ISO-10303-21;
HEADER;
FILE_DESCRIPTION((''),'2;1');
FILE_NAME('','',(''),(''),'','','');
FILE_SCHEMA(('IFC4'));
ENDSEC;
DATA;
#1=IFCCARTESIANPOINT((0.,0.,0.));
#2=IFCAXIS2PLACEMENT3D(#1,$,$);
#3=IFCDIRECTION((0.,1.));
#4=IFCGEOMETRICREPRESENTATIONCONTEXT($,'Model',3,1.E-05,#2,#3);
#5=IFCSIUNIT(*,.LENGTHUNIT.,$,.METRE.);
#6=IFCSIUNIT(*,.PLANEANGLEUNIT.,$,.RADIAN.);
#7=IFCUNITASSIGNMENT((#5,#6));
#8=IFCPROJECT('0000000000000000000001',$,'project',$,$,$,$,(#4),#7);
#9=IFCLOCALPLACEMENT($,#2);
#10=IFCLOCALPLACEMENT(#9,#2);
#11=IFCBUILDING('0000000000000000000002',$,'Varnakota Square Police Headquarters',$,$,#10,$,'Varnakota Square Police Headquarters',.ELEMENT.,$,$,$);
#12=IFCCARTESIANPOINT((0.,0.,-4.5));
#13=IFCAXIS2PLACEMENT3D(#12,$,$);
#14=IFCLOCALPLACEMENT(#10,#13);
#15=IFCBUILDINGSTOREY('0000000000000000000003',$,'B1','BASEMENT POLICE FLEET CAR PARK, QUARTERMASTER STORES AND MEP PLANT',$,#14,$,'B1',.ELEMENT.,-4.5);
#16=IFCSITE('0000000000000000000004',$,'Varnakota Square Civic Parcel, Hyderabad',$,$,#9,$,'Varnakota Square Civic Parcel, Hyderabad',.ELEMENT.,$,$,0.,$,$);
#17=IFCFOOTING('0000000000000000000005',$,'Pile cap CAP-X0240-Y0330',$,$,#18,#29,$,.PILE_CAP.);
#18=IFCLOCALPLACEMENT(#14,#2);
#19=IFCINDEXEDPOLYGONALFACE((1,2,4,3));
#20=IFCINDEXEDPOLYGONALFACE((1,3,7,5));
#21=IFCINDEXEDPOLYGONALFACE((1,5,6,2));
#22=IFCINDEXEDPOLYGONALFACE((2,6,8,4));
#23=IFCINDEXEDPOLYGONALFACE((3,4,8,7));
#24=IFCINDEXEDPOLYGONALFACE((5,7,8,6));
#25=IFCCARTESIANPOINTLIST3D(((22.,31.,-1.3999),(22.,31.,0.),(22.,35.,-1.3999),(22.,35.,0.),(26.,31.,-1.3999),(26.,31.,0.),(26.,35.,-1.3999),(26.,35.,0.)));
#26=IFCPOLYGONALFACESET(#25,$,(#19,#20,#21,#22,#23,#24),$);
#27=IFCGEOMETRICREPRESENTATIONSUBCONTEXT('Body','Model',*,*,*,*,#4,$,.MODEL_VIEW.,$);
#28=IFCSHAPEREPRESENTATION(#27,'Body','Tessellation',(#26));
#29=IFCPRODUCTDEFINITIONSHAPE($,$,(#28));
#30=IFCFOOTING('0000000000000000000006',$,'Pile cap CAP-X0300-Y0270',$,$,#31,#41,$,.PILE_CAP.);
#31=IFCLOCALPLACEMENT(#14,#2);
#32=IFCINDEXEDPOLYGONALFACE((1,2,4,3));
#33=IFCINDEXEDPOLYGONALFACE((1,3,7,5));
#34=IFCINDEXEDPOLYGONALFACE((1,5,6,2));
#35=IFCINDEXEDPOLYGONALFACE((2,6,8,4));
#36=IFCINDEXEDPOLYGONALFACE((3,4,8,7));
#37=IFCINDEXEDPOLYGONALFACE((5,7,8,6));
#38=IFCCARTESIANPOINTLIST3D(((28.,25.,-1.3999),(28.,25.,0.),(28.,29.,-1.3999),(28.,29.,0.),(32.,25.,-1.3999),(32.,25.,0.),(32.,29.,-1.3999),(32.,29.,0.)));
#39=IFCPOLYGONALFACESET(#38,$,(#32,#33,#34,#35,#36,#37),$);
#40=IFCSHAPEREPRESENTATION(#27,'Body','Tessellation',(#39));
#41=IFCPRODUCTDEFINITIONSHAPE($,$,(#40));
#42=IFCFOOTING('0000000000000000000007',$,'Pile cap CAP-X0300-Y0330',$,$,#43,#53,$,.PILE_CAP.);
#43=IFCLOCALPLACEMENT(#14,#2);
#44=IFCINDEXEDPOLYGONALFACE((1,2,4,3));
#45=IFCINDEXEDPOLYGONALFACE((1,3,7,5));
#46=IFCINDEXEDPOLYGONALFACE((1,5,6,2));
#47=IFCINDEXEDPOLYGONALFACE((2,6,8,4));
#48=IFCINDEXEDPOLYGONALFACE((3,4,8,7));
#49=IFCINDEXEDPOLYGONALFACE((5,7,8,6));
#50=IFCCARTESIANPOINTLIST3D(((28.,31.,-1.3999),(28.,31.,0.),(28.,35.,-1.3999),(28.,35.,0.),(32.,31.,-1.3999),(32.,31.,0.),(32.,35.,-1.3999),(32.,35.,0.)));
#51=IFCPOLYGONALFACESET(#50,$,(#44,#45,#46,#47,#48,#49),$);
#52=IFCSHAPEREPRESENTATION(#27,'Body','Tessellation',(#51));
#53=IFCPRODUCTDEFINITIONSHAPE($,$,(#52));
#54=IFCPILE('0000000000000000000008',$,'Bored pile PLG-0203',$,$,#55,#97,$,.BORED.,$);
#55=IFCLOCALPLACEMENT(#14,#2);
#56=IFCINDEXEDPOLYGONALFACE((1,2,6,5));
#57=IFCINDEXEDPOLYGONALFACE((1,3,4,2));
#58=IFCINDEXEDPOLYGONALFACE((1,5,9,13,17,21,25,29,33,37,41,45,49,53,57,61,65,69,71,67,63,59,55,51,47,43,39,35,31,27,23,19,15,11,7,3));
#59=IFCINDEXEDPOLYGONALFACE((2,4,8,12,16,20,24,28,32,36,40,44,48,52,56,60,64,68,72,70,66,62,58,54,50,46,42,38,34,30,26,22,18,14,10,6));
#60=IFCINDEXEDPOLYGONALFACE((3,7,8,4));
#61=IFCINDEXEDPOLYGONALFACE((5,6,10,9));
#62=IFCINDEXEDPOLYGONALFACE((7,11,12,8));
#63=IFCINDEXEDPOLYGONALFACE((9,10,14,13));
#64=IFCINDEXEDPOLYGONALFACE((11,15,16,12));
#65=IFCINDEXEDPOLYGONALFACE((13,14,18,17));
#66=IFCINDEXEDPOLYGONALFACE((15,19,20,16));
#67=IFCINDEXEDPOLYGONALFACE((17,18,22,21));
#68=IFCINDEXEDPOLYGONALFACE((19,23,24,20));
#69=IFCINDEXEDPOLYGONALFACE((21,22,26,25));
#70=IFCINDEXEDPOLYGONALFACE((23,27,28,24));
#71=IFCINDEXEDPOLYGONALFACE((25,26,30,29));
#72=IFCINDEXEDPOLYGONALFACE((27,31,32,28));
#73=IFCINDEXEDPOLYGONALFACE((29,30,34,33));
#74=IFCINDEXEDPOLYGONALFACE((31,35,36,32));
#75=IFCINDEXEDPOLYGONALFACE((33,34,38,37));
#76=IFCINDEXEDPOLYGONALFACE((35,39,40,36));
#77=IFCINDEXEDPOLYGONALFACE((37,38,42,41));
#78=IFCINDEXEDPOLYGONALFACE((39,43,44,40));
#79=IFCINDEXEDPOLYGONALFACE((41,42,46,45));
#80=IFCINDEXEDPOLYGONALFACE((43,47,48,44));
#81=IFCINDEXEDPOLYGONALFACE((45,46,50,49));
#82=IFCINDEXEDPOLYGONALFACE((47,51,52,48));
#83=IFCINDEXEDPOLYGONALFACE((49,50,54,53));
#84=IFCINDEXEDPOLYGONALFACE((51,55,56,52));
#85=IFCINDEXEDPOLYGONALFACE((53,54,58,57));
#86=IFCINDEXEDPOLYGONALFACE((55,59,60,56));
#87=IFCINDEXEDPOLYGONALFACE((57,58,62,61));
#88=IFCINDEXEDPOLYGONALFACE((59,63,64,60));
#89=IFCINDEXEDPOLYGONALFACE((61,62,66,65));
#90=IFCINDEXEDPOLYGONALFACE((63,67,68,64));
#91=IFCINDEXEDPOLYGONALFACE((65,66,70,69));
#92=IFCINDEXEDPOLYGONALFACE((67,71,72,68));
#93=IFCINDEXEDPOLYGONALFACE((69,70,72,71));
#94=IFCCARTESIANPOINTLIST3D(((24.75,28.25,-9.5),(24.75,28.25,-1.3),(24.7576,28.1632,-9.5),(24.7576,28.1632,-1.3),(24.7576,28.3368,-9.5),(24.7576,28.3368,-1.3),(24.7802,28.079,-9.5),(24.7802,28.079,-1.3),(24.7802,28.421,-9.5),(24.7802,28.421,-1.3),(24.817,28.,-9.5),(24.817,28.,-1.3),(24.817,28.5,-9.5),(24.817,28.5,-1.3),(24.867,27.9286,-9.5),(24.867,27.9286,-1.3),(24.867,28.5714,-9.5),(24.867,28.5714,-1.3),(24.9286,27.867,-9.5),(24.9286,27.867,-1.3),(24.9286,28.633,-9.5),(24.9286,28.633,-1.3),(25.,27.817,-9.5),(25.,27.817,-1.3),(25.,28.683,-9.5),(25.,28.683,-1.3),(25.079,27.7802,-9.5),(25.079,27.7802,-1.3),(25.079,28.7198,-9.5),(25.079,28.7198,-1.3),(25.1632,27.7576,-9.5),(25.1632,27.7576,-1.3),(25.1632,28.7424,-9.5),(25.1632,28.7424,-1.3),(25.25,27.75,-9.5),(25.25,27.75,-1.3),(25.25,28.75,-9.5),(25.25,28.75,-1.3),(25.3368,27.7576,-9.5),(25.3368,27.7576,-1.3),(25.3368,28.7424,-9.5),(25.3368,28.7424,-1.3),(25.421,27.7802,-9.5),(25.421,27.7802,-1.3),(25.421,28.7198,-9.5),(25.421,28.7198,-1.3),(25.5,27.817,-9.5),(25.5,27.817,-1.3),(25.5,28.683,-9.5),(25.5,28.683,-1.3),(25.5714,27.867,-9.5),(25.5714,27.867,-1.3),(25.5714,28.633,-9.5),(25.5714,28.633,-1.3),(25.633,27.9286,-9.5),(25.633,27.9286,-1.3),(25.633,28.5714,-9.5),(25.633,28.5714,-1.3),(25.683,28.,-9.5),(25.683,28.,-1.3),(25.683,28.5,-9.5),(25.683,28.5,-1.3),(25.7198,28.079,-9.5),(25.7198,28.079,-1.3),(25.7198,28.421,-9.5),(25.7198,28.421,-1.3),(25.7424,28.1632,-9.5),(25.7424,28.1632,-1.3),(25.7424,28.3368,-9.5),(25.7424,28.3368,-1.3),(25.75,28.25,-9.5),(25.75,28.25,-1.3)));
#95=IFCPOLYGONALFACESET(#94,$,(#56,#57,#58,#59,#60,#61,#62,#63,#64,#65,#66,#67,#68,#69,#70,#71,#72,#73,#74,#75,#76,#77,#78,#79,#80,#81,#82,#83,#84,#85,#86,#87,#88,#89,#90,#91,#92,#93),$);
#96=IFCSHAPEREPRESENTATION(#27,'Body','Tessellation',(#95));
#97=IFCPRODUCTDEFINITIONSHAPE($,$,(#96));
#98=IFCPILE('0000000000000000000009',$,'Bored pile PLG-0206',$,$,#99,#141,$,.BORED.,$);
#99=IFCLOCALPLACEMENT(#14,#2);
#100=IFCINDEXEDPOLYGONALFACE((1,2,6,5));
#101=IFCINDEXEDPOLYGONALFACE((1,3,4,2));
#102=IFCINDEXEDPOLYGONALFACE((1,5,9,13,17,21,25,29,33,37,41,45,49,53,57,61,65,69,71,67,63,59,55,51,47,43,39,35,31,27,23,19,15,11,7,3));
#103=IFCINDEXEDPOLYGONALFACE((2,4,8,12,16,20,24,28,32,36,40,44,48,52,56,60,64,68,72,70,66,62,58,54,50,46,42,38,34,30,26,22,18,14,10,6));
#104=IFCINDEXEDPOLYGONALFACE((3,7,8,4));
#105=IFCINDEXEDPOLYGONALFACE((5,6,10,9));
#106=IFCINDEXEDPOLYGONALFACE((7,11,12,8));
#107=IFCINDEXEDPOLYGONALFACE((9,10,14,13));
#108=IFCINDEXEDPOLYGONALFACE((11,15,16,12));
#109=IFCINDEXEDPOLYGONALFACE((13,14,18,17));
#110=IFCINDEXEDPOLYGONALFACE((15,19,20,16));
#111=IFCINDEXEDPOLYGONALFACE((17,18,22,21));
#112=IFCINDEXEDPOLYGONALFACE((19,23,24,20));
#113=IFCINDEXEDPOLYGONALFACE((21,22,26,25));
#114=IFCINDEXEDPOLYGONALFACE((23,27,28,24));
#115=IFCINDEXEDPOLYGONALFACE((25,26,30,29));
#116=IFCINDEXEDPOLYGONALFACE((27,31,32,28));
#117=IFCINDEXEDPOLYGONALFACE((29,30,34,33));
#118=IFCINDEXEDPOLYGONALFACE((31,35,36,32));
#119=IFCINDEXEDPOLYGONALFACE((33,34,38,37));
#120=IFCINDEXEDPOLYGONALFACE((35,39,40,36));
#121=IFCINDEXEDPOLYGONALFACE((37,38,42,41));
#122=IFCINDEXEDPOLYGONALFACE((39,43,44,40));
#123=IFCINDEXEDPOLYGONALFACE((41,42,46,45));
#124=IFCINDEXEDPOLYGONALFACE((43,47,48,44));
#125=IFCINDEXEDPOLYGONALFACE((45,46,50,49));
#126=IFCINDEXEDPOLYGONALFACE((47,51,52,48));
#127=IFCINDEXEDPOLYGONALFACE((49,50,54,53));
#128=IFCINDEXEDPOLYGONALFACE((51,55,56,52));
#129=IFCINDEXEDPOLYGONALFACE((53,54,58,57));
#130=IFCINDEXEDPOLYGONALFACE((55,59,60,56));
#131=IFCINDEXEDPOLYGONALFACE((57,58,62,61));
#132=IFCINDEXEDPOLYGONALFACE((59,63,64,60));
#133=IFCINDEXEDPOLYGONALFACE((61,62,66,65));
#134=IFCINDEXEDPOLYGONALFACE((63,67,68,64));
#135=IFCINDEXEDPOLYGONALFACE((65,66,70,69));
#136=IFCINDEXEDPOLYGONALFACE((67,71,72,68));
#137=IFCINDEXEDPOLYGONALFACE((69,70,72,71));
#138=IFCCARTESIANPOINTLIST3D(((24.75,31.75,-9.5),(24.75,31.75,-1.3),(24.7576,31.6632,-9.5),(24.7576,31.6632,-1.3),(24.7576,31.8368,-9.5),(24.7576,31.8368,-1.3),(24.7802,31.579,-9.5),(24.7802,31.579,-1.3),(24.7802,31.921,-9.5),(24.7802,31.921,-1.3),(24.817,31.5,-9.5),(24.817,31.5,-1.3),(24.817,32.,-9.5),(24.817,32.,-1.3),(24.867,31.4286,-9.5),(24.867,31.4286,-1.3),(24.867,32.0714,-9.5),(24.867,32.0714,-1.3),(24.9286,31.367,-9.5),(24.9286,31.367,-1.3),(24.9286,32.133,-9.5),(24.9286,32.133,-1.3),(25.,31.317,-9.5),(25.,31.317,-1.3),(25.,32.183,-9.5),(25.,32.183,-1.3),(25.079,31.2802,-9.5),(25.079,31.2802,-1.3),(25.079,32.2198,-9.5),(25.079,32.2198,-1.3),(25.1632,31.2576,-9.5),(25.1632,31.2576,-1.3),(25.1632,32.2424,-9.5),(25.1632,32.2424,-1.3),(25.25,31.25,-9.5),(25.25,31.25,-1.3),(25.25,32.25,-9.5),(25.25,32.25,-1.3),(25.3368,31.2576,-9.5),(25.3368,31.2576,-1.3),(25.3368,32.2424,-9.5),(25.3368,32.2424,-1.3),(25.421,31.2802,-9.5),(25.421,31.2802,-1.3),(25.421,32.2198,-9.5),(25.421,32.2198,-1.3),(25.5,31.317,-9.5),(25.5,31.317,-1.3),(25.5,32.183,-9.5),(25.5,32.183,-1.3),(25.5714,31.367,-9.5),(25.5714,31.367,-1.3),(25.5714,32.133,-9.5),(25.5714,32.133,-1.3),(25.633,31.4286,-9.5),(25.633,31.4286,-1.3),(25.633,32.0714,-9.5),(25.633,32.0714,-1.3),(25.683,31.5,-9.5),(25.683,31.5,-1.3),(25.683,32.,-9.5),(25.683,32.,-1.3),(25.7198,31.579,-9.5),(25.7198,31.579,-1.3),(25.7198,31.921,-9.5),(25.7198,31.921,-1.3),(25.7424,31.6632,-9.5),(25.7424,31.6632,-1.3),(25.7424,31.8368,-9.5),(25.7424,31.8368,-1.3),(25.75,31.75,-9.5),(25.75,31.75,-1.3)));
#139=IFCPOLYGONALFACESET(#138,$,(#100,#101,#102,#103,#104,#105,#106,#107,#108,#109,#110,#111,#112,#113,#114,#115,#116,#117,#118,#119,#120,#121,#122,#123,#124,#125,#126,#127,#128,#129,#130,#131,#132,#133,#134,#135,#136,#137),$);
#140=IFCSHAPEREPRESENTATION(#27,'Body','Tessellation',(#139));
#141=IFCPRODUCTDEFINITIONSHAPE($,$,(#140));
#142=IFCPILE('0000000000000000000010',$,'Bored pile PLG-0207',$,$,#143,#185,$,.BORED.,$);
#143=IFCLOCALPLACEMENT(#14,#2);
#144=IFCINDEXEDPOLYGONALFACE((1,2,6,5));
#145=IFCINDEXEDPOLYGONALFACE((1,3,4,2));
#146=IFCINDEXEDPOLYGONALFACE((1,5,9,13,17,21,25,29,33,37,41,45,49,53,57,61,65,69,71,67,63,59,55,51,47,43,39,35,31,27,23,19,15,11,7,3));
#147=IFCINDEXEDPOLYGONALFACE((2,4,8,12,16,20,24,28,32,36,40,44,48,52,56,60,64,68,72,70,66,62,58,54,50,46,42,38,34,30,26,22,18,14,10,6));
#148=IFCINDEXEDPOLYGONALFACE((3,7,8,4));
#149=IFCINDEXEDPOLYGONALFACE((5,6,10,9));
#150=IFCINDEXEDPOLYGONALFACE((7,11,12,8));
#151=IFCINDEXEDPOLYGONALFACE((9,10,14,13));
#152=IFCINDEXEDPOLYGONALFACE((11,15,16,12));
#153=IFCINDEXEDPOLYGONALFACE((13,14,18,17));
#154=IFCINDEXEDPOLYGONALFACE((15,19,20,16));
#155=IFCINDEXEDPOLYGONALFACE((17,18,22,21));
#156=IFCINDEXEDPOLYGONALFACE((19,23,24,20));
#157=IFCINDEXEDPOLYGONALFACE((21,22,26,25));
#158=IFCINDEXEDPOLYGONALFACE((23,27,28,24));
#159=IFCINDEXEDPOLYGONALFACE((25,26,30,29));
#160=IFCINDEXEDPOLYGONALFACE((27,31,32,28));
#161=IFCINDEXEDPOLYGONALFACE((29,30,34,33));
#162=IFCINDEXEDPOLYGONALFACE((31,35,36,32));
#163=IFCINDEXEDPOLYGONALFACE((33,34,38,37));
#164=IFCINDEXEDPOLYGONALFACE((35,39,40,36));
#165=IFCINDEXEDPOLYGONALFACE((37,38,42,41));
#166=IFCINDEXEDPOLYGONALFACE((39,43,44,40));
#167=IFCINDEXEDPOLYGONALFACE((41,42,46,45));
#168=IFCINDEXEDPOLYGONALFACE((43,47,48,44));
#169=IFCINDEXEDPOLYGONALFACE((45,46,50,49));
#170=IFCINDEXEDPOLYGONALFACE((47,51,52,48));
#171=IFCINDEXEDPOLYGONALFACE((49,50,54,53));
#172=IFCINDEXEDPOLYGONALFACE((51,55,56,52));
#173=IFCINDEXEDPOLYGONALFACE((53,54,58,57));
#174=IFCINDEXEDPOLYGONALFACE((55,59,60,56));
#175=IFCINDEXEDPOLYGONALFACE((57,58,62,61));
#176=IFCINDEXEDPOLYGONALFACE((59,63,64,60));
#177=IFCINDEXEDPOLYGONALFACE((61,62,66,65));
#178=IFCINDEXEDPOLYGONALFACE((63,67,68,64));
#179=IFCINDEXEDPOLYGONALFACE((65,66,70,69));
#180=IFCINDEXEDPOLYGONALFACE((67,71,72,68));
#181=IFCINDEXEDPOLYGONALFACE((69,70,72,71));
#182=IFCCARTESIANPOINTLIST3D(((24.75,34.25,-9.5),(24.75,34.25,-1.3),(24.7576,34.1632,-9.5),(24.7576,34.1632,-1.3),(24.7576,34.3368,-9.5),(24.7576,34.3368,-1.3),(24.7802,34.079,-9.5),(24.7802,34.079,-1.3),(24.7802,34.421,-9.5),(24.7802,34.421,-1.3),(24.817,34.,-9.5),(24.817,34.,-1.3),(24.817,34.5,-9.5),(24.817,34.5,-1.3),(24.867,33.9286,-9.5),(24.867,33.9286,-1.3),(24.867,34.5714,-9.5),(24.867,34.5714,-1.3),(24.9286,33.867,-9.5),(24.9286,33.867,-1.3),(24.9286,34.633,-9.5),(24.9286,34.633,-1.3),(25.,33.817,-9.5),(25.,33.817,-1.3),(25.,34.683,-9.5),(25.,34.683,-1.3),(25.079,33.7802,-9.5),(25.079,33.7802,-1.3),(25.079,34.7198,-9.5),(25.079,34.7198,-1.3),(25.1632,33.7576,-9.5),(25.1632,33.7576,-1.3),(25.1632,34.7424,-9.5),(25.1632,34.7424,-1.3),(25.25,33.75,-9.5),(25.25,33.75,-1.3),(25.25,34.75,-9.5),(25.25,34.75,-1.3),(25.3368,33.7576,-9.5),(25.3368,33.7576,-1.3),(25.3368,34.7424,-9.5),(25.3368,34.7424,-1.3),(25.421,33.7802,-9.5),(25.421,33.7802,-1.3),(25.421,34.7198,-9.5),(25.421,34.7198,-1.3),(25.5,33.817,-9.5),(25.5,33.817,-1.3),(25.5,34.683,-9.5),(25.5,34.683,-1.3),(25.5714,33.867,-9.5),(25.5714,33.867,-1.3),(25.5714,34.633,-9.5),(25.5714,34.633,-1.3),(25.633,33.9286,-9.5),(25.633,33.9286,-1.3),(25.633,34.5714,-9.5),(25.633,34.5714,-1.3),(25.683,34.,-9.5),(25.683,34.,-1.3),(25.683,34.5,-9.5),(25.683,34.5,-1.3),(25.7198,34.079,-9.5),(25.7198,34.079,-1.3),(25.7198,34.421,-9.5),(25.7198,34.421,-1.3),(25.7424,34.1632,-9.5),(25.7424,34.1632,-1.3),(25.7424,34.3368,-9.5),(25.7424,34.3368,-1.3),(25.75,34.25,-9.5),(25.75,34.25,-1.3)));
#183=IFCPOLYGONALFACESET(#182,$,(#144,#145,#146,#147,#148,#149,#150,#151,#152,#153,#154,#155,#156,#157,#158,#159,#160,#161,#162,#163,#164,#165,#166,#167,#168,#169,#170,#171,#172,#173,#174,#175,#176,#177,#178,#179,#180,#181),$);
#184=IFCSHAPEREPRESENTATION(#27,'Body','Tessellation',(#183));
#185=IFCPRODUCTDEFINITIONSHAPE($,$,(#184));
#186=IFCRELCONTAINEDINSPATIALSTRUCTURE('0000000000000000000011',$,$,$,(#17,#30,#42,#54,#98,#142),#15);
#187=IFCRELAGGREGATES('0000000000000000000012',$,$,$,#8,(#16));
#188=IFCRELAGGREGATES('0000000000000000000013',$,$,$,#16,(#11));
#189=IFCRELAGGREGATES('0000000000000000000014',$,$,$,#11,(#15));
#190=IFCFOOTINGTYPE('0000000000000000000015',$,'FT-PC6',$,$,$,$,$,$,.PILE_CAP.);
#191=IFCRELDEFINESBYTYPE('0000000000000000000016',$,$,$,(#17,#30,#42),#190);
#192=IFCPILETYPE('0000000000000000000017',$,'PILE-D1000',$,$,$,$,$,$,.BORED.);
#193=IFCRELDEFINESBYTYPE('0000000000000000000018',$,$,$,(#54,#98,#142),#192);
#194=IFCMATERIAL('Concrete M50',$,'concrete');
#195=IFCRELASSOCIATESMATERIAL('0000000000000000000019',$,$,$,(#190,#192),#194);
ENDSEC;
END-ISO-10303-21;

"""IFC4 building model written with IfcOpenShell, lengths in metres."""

from ifc_helpers import new_model, si_unit, direction, frame, origin, origin_2d, place, context, subcontext, project, spatial, rectangle, circle, extrude, material, material_profile, profile_set, type_object, element, save


model = new_model("IFC4")

# Units and contexts
model_context = context("Model", 3, precision=1e-05, world=origin(), true_north=direction((0.0, 1.0)))
body_context = subcontext(model_context, "Body", "Model", "MODEL_VIEW")
ifc_project = project(units=[si_unit("LENGTHUNIT", "METRE"), si_unit("PLANEANGLEUNIT", "RADIAN")], contexts=[model_context])

# Site, building, storey
site_placement = place(None, origin())
site = spatial("IfcSite", under=ifc_project, at=site_placement, Name="Varnakota Square Civic Parcel, Hyderabad", LongName="Varnakota Square Civic Parcel, Hyderabad", CompositionType="ELEMENT", RefElevation=0.0)
building_placement = place(site_placement, origin())
building = spatial("IfcBuilding", under=site, at=building_placement, Name="Varnakota Square Police Headquarters", LongName="Varnakota Square Police Headquarters", CompositionType="ELEMENT")
storey_placement = place(building_placement, frame((0.0, 0.0, -4.5)))
storey = spatial("IfcBuildingStorey", under=building, at=storey_placement, Name="B1", Description="BASEMENT POLICE FLEET CAR PARK, QUARTERMASTER STORES AND MEP PLANT", LongName="B1", CompositionType="ELEMENT", Elevation=-4.5)

# Footings
ifc_material_1 = material(Name="Concrete M50", Category="concrete")
footing_type = type_object("IfcFootingType", Name="FT-PC6", PredefinedType="PILE_CAP", material=ifc_material_1)
for number, where, z_axis, x_axis, name in (
    (1, (24.0, 33.0, -1.3999), (0.0, 0.0, 1.0), (1.0, 0.0, 0.0), "Pile cap CAP-X0240-Y0330"),
    (2, (30.0, 27.0, -1.3999), (0.0, 0.0, 1.0), (1.0, 0.0, 0.0), "Pile cap CAP-X0300-Y0270"),
    (3, (30.0, 33.0, -1.3999), (0.0, 0.0, 1.0), (1.0, 0.0, 0.0), "Pile cap CAP-X0300-Y0330"),
):
    element("IfcFooting", number, at=place(storey_placement, frame(where, z_axis=z_axis, x_axis=x_axis)), inside=storey, type_object=footing_type, Name=name, PredefinedType="PILE_CAP", context=body_context, shape_type="SweptSolid", body=[
        extrude(rectangle(XDim=4.0, YDim=4.0, at=origin_2d()), origin(), (0.0, 0.0, 1.0), 1.3999),
    ])

# Piles
ifc_material_profile_1 = material_profile(ifc_material_1, circle(Radius=0.5, at=origin_2d()), Name="BORED PILE 1000")
ifc_profile_set_1 = profile_set([ifc_material_profile_1], Name="Concrete M50")
pile_type = type_object("IfcPileType", Name="PILE-D1000", PredefinedType="BORED", material=ifc_profile_set_1)
for number, where, z_axis, x_axis, name in (
    (4, (25.25, 28.25, -1.3), (0.0, 0.0, -1.0), (1.0, 0.0, 0.0), "Bored pile PLG-0203"),
    (5, (25.25, 31.75, -1.3), (0.0, 0.0, -1.0), (1.0, 0.0, 0.0), "Bored pile PLG-0206"),
    (6, (25.25, 34.25, -1.3), (0.0, 0.0, -1.0), (1.0, 0.0, 0.0), "Bored pile PLG-0207"),
):
    element("IfcPile", number, at=place(storey_placement, frame(where, z_axis=z_axis, x_axis=x_axis)), inside=storey, type_object=pile_type, Name=name, PredefinedType="BORED", context=body_context, shape_type="SweptSolid", body=[
        extrude(circle(Radius=0.5, at=origin_2d()), origin(), (0.0, 0.0, 1.0), 8.2),
    ])

save(model, "model.ifc")
